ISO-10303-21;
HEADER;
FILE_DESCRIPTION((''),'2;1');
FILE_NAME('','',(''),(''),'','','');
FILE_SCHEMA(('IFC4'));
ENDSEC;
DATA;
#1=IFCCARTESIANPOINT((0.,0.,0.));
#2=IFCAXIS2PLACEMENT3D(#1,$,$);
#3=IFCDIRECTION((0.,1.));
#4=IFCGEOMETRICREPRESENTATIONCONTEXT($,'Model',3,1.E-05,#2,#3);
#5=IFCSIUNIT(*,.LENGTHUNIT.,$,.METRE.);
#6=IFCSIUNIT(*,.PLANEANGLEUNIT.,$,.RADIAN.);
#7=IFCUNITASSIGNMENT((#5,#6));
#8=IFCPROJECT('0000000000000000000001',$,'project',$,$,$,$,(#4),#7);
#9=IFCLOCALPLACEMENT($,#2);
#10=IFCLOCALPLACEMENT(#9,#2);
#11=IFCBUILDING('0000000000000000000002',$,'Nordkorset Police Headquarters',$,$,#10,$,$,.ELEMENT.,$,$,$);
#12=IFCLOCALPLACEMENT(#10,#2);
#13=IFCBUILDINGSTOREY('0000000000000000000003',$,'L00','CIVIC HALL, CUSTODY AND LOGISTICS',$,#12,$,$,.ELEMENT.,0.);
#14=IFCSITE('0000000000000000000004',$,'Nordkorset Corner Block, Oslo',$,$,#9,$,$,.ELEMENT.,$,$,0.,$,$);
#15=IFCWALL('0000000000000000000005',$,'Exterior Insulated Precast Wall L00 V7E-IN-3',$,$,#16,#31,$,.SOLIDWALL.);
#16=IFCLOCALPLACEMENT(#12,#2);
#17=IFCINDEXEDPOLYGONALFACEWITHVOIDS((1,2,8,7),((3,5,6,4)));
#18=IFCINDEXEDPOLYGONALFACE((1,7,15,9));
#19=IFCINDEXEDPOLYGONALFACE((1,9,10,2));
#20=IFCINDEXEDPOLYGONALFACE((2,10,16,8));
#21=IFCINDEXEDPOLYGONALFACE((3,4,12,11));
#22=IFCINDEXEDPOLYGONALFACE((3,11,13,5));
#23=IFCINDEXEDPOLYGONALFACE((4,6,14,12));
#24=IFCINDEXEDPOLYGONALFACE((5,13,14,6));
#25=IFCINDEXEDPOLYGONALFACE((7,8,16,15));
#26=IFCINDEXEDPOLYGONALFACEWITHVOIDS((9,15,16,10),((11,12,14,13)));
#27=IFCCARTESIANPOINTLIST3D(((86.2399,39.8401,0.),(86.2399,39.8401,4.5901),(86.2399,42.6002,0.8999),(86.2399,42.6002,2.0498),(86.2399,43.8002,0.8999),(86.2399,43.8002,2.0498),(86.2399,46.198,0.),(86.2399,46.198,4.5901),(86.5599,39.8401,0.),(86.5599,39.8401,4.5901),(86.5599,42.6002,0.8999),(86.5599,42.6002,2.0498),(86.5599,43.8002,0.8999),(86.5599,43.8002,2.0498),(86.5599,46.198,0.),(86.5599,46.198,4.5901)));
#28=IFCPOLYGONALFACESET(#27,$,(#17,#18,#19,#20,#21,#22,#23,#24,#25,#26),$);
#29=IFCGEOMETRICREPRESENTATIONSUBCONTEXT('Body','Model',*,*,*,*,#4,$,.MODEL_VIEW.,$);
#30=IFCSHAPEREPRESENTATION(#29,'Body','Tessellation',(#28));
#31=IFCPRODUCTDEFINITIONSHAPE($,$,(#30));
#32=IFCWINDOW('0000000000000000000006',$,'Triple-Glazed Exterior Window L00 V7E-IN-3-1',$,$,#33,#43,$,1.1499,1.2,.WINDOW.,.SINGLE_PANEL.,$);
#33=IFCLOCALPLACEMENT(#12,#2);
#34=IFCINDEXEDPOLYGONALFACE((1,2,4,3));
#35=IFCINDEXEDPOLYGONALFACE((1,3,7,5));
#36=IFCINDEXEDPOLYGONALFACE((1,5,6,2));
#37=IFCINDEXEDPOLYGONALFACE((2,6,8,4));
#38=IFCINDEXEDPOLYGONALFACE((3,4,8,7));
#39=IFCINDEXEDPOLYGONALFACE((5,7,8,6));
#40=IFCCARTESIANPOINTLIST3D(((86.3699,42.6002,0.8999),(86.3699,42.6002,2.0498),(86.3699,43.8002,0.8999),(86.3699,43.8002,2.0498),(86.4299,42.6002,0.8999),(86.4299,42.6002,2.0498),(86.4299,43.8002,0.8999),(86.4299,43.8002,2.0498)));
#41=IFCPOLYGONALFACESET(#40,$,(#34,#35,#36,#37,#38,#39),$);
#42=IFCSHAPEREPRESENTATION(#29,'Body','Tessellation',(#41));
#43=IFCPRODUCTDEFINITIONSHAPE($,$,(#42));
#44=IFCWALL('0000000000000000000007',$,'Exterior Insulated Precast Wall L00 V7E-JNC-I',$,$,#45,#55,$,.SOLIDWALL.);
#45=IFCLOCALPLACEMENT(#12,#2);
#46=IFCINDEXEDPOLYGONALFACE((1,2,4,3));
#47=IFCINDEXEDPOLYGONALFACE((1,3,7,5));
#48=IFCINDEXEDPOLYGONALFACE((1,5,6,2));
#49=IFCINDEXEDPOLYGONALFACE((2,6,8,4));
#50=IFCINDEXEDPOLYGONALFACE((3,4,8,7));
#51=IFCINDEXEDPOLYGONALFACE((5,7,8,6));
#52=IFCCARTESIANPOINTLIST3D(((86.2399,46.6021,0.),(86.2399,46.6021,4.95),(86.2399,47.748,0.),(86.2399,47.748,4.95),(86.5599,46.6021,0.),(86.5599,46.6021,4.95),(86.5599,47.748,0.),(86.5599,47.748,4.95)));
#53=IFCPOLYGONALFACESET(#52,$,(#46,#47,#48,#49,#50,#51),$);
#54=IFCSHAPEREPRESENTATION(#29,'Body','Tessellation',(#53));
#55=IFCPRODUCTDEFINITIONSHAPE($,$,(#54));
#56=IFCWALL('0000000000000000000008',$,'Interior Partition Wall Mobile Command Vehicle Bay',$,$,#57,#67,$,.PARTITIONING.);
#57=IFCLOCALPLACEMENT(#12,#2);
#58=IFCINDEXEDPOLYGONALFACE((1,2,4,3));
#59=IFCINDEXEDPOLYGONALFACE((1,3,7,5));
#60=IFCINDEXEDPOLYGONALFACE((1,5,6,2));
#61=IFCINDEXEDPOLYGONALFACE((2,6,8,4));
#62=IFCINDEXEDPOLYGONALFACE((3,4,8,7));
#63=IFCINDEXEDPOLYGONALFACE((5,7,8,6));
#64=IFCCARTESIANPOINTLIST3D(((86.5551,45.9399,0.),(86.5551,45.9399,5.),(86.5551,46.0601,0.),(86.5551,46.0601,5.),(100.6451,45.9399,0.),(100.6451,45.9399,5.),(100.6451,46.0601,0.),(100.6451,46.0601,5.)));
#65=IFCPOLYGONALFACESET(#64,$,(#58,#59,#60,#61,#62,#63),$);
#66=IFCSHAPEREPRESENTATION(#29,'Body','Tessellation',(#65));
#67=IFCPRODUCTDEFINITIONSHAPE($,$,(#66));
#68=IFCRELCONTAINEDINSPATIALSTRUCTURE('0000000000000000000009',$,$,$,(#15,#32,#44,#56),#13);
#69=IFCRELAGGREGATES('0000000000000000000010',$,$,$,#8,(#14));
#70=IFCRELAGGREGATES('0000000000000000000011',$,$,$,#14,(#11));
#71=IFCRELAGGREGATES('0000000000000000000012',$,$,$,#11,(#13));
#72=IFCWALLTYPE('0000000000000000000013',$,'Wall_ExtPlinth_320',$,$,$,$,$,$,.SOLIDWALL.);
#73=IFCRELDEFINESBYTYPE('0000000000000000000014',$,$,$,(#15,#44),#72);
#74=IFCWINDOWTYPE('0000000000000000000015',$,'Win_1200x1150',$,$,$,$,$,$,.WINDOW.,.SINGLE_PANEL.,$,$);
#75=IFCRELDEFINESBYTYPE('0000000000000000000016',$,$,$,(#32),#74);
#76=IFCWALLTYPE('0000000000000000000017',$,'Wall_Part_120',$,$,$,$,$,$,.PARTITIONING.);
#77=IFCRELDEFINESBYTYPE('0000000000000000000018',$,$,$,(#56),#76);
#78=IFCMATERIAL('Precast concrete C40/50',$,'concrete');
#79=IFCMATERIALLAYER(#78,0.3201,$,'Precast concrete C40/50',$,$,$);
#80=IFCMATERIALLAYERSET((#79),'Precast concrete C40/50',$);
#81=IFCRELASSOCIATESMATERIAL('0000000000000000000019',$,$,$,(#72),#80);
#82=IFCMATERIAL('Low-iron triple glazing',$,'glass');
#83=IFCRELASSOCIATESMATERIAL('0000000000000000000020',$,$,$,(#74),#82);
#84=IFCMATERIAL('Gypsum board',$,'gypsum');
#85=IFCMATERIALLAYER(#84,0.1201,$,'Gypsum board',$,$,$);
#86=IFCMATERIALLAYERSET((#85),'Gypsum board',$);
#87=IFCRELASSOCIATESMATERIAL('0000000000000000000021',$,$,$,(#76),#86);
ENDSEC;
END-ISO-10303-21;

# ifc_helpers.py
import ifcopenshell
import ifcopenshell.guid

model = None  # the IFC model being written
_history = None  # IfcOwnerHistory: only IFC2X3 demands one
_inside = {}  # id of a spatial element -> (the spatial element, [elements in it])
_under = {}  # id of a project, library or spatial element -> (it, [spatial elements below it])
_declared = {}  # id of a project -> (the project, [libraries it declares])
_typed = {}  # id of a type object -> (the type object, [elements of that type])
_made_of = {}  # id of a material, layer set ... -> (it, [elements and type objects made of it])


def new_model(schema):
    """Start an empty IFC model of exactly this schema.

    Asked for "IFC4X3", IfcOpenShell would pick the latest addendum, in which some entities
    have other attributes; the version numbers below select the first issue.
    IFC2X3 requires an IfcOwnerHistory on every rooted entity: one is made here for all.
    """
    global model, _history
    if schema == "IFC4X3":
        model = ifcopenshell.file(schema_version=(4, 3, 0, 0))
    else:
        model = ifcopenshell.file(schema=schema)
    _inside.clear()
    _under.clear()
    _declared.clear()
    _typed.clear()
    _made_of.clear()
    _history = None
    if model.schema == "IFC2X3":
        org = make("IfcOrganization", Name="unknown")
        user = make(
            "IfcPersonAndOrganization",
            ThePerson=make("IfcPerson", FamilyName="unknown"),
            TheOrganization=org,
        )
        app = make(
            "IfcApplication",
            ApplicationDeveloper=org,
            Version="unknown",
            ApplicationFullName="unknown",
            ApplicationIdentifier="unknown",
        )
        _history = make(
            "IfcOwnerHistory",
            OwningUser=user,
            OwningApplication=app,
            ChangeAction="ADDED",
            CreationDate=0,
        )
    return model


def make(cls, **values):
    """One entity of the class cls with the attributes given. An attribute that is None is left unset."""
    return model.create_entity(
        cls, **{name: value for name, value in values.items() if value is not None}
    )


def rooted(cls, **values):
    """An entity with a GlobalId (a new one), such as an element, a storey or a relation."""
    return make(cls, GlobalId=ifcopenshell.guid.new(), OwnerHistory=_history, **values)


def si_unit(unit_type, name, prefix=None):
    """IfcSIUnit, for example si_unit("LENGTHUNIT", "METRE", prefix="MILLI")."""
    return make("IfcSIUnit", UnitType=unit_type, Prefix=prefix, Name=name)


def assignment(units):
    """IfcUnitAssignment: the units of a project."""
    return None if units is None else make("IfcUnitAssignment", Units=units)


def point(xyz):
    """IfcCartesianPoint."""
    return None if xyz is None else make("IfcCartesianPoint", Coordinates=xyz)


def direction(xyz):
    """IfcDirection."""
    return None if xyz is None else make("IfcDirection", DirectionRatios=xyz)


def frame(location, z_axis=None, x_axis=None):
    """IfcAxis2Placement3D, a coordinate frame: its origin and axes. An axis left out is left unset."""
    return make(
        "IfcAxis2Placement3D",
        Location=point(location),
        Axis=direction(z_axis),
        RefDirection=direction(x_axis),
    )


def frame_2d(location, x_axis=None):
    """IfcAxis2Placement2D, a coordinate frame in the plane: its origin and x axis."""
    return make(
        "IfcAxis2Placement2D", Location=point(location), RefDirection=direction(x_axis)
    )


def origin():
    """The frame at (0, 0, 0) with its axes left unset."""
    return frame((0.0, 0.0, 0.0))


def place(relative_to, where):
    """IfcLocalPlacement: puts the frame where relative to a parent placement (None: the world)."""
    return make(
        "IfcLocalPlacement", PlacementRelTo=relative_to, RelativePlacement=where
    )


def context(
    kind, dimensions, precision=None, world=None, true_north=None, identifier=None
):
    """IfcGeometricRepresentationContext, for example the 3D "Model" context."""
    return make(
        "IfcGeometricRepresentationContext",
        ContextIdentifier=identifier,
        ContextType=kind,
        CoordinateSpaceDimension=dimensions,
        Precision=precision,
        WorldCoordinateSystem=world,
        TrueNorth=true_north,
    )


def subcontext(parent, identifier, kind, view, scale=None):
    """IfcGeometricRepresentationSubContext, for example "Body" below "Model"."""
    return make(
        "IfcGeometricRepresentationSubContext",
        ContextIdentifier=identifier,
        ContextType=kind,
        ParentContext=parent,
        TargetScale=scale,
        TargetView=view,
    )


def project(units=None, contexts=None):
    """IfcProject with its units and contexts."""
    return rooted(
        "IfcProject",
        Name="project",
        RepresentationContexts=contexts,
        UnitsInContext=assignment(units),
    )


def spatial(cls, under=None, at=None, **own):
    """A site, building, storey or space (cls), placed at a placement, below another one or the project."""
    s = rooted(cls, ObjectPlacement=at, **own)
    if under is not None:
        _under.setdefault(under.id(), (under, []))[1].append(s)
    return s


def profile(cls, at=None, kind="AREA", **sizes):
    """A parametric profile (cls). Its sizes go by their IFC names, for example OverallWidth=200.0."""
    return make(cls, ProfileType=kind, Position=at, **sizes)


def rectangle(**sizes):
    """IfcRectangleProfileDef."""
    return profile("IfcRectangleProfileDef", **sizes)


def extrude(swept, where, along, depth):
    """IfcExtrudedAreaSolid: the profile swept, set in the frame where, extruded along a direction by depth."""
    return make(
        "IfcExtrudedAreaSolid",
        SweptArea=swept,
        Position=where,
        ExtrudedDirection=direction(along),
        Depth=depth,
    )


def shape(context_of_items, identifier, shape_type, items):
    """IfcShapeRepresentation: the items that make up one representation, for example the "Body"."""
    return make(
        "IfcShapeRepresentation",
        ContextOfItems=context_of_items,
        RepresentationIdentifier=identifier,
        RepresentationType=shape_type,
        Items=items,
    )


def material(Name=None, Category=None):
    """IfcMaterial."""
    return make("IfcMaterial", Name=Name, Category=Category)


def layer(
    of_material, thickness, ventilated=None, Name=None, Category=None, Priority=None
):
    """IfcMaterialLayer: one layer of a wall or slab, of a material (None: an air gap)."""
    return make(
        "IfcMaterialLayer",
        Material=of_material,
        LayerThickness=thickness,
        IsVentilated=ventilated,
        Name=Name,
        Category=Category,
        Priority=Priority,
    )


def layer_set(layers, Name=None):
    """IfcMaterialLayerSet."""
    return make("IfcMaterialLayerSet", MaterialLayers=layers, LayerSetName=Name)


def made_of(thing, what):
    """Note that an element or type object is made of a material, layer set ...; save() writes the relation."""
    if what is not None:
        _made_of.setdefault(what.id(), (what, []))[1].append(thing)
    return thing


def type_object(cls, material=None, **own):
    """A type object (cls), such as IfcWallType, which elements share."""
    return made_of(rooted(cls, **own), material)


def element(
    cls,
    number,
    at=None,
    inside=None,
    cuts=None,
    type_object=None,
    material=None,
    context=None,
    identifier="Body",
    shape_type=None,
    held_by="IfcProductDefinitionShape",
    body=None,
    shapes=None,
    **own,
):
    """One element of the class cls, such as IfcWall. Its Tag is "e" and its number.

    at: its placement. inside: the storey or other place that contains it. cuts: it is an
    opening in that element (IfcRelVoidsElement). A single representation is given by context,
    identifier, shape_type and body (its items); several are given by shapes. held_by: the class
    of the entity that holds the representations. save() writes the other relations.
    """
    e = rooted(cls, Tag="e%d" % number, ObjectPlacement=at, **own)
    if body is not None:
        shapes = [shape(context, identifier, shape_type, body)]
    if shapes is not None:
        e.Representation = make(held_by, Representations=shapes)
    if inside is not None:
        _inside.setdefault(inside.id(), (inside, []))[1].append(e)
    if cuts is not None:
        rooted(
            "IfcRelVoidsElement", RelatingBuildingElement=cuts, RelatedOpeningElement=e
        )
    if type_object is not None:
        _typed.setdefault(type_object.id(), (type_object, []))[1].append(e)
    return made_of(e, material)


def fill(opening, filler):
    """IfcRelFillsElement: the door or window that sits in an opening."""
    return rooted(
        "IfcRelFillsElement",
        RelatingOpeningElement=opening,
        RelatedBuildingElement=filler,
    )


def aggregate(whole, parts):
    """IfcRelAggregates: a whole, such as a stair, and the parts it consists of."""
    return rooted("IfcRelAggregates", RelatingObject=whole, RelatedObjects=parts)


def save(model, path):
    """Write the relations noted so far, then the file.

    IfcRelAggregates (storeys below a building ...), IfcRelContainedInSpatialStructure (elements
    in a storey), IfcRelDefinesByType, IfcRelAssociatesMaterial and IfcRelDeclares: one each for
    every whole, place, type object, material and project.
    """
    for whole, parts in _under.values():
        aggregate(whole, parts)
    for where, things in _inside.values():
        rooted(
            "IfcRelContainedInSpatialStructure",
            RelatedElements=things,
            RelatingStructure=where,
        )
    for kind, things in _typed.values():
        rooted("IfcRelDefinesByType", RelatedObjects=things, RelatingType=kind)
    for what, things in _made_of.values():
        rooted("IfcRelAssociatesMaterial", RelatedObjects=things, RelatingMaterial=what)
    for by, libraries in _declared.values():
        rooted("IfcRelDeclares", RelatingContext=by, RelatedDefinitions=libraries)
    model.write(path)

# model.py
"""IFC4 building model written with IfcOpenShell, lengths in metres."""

from ifc_helpers import new_model, si_unit, direction, frame, frame_2d, origin, place, context, subcontext, project, spatial, rectangle, extrude, material, layer, layer_set, type_object, element, fill, save


model = new_model("IFC4")

# Units and contexts
model_context = context("Model", 3, precision=1e-05, world=origin(), true_north=direction((0.0, 1.0)))
body_context = subcontext(model_context, "Body", "Model", "MODEL_VIEW")
ifc_project = project(units=[si_unit("LENGTHUNIT", "METRE"), si_unit("PLANEANGLEUNIT", "RADIAN")], contexts=[model_context])

# Site, building, storey
site_placement = place(None, origin())
site = spatial("IfcSite", under=ifc_project, at=site_placement, Name="Nordkorset Corner Block, Oslo", CompositionType="ELEMENT", RefElevation=0.0)
building_placement = place(site_placement, origin())
building = spatial("IfcBuilding", under=site, at=building_placement, Name="Nordkorset Police Headquarters", CompositionType="ELEMENT")
storey_placement = place(building_placement, origin())
storey = spatial("IfcBuildingStorey", under=building, at=storey_placement, Name="L00", Description="CIVIC HALL, CUSTODY AND LOGISTICS", CompositionType="ELEMENT", Elevation=0.0)

# Shared definitions
ifc_material_1 = material(Name="Precast concrete C40/50", Category="concrete")
ifc_layer_1 = layer(ifc_material_1, 0.3201, Name="Precast concrete C40/50")
ifc_layer_set_1 = layer_set([ifc_layer_1], Name="Precast concrete C40/50")
wall_type_1 = type_object("IfcWallType", Name="Wall_ExtPlinth_320", PredefinedType="SOLIDWALL", material=ifc_layer_set_1)

# Wall, opening, window
wall_1_placement = place(storey_placement, frame((86.3999, 39.8401, 0.0), z_axis=(0.0, 0.0, 1.0), x_axis=(0.0, 1.0, 0.0)))
wall_1 = element("IfcWall", 1, at=wall_1_placement, inside=storey, type_object=wall_type_1, Name="Exterior Insulated Precast Wall L00 V7E-IN-3", PredefinedType="SOLIDWALL", context=body_context, shape_type="SweptSolid", body=[
    extrude(rectangle(XDim=6.3579, YDim=0.3201, at=frame_2d((3.179, 0.0))), origin(), (0.0, 0.0, 1.0), 4.5901),
])
opening_1_placement = place(wall_1_placement, frame((2.76, 0.0, 0.8999)))
opening_1 = element("IfcOpeningElement", 2, at=opening_1_placement, cuts=wall_1, PredefinedType="OPENING", context=body_context, shape_type="SweptSolid", body=[
    extrude(rectangle(XDim=1.2, YDim=1.1499, at=frame_2d((0.6001, 0.575))), frame((0.0, 0.1699, 0.0), z_axis=(0.0, -1.0, 0.0), x_axis=(1.0, 0.0, 0.0)), (0.0, 0.0, 1.0), 0.3401),
])
ifc_material_2 = material(Name="Low-iron triple glazing", Category="glass")
window_type_1 = type_object("IfcWindowType", Name="Win_1200x1150", PartitioningType="SINGLE_PANEL", PredefinedType="WINDOW", material=ifc_material_2)
window_1_placement = place(opening_1_placement, origin())
window_1 = element("IfcWindow", 3, at=window_1_placement, inside=storey, type_object=window_type_1, Name="Triple-Glazed Exterior Window L00 V7E-IN-3-1", OverallHeight=1.1499, OverallWidth=1.2, PartitioningType="SINGLE_PANEL", PredefinedType="WINDOW", context=body_context, shape_type="SweptSolid", body=[
    extrude(rectangle(XDim=1.2, YDim=1.1499, at=frame_2d((0.6001, 0.575))), frame((0.0, 0.03, 0.0), z_axis=(0.0, -1.0, 0.0), x_axis=(1.0, 0.0, 0.0)), (0.0, 0.0, 1.0), 0.0601),
])
fill(opening_1, window_1)

# Walls
wall_2_placement = place(storey_placement, frame((86.3999, 46.6021, 0.0), z_axis=(0.0, 0.0, 1.0), x_axis=(0.0, 1.0, 0.0)))
element("IfcWall", 4, at=wall_2_placement, inside=storey, type_object=wall_type_1, Name="Exterior Insulated Precast Wall L00 V7E-JNC-I", PredefinedType="SOLIDWALL", context=body_context, shape_type="SweptSolid", body=[
    extrude(rectangle(XDim=1.146, YDim=0.3201, at=frame_2d((0.573, 0.0))), origin(), (0.0, 0.0, 1.0), 4.95),
])
ifc_material_3 = material(Name="Gypsum board", Category="gypsum")
ifc_layer_2 = layer(ifc_material_3, 0.1201, Name="Gypsum board")
ifc_layer_set_2 = layer_set([ifc_layer_2], Name="Gypsum board")
wall_type_2 = type_object("IfcWallType", Name="Wall_Part_120", PredefinedType="PARTITIONING", material=ifc_layer_set_2)
wall_3_placement = place(storey_placement, frame((100.645, 46.0, 0.0), z_axis=(0.0, 0.0, 1.0), x_axis=(-1.0, 0.0, 0.0)))
element("IfcWall", 5, at=wall_3_placement, inside=storey, type_object=wall_type_2, Name="Interior Partition Wall Mobile Command Vehicle Bay", PredefinedType="PARTITIONING", context=body_context, shape_type="SweptSolid", body=[
    extrude(rectangle(XDim=14.0901, YDim=0.1201, at=frame_2d((7.0449, 0.0))), origin(), (0.0, 0.0, 1.0), 5.0),
])

save(model, "model.ifc")
